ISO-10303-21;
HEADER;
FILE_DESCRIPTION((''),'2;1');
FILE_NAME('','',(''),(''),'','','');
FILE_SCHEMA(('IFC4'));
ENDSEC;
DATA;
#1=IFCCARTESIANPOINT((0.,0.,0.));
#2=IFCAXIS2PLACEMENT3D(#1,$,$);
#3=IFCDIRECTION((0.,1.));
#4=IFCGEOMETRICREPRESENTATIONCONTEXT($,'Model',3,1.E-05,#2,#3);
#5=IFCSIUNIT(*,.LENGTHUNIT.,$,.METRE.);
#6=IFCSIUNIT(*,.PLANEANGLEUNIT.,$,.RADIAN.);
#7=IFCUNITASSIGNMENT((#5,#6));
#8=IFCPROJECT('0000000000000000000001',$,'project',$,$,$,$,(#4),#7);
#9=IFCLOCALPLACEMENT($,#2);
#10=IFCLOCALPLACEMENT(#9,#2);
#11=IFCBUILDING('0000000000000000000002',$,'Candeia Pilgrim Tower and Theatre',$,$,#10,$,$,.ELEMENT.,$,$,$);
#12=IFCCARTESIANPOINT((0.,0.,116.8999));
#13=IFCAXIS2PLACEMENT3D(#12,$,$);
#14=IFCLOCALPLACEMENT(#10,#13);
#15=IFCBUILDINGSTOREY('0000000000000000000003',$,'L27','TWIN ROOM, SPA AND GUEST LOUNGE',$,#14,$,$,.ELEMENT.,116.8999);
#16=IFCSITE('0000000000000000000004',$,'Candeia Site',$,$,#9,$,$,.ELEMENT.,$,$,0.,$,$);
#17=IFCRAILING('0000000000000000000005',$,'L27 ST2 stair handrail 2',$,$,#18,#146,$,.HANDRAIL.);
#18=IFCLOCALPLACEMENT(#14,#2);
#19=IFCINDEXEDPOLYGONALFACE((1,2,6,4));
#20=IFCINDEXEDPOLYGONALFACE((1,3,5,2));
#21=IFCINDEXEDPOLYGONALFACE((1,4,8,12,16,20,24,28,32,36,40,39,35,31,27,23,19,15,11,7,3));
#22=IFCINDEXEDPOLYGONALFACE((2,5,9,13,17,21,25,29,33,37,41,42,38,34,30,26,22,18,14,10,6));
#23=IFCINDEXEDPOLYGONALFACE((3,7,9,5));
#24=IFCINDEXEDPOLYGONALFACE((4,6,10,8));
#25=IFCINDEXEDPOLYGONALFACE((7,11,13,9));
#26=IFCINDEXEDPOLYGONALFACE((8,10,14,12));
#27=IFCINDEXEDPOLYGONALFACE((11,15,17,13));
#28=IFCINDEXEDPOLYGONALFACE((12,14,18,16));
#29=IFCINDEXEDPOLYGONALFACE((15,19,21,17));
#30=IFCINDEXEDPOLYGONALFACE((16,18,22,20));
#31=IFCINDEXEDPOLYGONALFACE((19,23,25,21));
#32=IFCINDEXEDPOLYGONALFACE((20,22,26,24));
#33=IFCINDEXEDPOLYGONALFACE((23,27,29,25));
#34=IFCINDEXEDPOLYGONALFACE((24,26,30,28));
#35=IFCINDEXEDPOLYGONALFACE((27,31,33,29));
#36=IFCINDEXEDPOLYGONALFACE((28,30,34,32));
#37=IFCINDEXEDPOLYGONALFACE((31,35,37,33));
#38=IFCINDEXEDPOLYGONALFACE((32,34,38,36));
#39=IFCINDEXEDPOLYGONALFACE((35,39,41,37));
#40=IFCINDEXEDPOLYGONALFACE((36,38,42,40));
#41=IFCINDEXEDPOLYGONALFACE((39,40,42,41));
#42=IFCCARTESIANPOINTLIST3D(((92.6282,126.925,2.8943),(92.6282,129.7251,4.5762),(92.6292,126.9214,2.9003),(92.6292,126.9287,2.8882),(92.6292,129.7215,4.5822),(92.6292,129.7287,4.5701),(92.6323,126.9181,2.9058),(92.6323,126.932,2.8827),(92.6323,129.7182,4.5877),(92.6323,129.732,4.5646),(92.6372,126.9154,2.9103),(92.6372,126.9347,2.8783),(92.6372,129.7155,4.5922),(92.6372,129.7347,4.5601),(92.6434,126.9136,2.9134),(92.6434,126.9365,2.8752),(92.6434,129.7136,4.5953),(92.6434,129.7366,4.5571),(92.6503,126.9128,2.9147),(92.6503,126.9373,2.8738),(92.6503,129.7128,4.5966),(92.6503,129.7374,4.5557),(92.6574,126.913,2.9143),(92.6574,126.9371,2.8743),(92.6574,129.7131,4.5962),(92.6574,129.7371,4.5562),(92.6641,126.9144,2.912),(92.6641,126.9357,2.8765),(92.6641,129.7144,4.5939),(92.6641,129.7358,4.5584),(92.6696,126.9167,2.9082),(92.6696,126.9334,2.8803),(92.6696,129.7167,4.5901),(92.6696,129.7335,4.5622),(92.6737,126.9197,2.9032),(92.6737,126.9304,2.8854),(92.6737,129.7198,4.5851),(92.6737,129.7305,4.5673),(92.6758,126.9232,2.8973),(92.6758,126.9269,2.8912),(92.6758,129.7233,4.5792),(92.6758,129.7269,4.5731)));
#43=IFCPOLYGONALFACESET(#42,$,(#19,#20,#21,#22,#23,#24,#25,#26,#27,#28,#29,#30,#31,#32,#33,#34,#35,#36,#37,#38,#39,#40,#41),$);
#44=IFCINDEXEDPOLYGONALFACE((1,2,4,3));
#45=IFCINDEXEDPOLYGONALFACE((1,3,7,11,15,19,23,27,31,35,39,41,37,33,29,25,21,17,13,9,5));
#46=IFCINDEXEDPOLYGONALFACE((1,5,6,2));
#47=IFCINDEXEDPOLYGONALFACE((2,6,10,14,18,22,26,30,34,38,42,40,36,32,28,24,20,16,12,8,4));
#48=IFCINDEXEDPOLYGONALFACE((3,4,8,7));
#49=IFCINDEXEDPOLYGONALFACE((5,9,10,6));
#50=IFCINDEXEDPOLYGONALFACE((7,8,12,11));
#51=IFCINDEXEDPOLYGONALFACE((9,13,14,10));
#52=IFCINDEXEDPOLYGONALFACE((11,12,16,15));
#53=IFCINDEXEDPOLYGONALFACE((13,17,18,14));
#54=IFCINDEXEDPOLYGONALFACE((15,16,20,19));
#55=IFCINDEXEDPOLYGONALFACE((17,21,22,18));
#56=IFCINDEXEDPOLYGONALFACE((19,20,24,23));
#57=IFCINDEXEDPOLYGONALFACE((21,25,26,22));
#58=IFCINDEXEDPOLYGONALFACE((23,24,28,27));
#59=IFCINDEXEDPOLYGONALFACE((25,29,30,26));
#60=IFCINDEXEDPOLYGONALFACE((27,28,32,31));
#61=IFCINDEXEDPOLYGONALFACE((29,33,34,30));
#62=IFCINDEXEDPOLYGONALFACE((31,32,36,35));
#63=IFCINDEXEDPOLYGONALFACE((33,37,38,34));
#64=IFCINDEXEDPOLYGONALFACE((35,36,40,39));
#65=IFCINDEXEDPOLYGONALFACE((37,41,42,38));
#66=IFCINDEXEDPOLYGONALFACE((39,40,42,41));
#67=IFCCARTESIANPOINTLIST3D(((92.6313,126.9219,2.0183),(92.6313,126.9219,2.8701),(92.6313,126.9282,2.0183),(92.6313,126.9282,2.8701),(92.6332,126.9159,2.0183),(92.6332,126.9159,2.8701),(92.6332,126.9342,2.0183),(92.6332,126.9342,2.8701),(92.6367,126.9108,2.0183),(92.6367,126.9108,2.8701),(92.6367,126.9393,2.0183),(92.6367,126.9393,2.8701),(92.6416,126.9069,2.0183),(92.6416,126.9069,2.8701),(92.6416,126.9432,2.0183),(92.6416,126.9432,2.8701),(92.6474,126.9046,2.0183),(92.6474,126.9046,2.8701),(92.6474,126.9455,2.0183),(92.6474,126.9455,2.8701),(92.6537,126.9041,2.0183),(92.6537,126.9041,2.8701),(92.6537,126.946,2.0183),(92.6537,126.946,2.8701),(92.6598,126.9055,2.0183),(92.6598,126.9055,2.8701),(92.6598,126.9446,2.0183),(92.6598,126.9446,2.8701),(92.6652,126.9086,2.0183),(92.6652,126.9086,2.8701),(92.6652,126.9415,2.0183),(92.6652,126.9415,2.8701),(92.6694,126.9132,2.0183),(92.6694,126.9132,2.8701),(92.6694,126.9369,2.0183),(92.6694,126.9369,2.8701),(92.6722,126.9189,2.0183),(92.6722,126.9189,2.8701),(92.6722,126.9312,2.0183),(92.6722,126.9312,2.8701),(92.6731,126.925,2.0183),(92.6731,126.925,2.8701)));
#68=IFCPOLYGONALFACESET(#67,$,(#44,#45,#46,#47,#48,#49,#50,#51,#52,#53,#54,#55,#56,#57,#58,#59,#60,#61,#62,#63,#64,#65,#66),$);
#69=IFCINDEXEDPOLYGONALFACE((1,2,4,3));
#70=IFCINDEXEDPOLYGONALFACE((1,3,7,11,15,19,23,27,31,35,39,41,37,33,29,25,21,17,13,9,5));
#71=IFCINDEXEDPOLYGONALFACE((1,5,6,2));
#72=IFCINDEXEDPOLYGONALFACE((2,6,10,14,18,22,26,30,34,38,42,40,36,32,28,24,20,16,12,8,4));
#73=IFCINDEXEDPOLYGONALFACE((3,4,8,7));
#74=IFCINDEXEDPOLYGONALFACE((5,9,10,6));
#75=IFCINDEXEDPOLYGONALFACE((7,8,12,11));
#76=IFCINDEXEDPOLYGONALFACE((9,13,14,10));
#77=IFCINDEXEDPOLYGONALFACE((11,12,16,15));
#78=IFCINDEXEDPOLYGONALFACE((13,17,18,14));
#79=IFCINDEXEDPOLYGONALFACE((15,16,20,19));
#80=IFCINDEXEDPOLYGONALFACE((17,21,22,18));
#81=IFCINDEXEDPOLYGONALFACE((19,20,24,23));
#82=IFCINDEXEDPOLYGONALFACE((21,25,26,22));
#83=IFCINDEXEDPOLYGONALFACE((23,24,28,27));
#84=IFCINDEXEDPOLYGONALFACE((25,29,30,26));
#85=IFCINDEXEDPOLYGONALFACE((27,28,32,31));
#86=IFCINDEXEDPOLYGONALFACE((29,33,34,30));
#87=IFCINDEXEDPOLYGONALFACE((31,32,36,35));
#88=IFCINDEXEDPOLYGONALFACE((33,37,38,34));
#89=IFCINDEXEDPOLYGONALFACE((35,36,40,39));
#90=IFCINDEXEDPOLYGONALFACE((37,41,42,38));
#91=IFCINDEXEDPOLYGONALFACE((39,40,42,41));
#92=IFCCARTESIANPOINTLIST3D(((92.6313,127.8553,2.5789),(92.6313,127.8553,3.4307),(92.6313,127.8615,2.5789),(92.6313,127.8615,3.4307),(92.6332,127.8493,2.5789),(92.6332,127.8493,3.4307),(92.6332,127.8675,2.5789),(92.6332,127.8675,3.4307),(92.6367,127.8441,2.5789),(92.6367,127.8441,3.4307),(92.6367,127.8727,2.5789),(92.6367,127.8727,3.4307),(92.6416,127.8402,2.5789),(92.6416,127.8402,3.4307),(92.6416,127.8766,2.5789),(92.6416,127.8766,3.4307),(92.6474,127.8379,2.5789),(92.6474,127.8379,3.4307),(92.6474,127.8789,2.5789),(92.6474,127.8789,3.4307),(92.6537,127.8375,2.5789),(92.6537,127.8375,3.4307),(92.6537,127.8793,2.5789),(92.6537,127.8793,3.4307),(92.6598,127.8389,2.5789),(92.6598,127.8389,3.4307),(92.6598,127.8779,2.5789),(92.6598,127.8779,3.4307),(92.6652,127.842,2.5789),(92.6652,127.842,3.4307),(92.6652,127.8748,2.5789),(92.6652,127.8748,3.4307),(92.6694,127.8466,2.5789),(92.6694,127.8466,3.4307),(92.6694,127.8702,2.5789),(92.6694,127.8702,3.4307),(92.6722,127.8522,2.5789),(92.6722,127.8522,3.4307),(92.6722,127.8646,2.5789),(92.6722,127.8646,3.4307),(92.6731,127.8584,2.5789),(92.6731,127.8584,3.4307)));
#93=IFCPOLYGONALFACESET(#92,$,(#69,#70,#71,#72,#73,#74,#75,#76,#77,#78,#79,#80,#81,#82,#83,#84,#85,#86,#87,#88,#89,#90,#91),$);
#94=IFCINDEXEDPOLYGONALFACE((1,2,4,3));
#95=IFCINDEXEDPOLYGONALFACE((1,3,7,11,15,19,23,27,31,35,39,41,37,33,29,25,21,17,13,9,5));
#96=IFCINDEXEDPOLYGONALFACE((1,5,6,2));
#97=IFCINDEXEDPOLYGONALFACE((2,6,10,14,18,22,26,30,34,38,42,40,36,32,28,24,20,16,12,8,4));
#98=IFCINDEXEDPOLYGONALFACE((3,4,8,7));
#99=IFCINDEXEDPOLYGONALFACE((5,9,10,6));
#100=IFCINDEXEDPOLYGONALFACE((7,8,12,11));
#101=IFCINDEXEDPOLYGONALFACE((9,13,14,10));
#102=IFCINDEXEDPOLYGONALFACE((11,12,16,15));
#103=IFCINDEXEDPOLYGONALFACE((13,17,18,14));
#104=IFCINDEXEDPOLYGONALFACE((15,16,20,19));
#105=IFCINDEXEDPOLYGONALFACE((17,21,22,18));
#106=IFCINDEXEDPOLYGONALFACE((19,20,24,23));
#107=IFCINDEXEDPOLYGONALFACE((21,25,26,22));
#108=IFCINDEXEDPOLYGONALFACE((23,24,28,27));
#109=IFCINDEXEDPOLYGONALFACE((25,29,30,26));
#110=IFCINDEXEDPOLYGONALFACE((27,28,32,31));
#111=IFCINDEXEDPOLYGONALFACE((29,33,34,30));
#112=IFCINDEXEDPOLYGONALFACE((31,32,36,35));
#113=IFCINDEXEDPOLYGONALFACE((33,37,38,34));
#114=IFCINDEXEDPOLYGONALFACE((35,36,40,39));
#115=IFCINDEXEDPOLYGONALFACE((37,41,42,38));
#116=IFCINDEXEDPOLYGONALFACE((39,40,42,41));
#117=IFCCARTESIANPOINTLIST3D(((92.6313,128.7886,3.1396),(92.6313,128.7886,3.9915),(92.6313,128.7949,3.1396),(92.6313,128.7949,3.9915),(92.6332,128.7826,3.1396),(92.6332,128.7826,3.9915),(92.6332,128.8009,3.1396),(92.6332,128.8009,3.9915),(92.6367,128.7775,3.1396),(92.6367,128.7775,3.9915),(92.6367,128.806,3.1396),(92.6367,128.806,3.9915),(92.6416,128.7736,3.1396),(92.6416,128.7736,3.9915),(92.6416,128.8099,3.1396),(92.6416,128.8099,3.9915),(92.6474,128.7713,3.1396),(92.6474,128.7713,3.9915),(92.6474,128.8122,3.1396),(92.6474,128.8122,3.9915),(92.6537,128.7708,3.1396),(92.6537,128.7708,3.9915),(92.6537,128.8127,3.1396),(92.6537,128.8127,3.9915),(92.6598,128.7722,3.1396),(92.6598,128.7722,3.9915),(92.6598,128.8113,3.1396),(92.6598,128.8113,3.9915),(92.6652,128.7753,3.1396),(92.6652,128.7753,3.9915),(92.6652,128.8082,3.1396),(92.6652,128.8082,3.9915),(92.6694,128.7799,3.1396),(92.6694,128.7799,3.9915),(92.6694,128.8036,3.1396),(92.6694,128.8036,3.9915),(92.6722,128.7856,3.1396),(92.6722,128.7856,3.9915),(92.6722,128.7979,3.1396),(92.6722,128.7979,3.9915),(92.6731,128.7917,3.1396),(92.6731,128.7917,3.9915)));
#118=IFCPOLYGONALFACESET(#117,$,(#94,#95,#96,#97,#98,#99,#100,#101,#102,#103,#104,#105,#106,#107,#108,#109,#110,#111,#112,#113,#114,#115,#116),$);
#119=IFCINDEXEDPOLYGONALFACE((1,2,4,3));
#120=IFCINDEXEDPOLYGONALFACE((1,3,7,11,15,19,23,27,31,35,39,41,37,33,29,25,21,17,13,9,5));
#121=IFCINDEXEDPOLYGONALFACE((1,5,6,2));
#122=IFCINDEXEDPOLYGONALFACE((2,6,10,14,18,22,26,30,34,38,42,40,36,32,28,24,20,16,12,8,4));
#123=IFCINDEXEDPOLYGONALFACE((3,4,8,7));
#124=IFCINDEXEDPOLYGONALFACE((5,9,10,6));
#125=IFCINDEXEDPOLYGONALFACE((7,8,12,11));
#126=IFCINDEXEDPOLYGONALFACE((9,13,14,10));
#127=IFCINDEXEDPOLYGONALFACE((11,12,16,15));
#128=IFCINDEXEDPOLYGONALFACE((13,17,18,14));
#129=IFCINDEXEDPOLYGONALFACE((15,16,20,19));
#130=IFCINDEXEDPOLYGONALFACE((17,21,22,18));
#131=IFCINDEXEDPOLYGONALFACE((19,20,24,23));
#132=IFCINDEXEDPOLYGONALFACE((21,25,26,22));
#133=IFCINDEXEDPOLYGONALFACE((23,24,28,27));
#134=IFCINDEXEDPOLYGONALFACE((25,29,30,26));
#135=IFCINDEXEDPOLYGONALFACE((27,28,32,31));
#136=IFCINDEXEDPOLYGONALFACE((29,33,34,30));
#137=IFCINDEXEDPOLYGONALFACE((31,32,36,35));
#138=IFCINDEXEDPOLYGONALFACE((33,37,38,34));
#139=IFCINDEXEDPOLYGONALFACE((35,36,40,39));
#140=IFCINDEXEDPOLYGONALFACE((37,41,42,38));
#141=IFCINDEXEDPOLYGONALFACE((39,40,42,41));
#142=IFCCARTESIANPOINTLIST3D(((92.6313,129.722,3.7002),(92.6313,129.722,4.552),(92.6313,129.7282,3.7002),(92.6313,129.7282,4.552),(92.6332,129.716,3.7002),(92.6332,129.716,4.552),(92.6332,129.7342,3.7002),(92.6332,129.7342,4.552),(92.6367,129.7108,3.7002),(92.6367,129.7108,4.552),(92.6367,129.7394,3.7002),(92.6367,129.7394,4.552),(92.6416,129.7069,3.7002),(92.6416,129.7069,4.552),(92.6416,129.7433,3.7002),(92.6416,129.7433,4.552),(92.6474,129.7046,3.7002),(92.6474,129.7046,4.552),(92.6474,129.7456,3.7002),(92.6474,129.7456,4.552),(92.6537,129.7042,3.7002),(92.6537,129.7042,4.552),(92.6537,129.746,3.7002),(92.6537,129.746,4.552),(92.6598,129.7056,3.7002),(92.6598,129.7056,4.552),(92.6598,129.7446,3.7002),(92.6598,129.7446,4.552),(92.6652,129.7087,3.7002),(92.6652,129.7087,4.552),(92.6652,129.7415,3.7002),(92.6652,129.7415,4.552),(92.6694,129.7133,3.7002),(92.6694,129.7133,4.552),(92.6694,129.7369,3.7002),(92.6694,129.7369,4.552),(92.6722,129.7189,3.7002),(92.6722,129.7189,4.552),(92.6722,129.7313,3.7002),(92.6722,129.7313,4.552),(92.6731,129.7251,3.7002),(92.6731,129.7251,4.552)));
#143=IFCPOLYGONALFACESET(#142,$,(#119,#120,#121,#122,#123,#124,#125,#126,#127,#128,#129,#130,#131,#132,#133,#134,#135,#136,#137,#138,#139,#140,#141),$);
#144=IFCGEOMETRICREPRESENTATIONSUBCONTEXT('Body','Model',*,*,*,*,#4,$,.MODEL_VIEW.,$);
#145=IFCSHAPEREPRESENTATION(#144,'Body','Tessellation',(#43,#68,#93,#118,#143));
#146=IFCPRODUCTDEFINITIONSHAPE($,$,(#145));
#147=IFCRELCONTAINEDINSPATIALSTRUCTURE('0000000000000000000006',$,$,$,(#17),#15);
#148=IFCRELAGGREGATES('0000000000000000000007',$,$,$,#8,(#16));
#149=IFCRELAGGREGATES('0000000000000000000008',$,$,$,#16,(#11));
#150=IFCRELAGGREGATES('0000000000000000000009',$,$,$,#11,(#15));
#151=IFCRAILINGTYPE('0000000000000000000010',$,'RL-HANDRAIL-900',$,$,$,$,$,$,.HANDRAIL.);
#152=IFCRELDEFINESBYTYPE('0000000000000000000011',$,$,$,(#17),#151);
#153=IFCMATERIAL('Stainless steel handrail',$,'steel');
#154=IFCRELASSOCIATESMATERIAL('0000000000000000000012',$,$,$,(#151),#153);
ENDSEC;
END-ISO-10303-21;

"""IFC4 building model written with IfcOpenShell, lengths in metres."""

from ifc_helpers import new_model, si_unit, direction, frame, origin, origin_2d, place, context, subcontext, project, spatial, circle, extrude, material, type_object, element, save


model = new_model("IFC4")

# Units and contexts
model_context = context("Model", 3, precision=1e-05, world=origin(), true_north=direction((0.0, 1.0)))
body_context = subcontext(model_context, "Body", "Model", "MODEL_VIEW")
ifc_project = project(units=[si_unit("LENGTHUNIT", "METRE"), si_unit("PLANEANGLEUNIT", "RADIAN")], contexts=[model_context])

# Site, building, storey
site_placement = place(None, origin())
site = spatial("IfcSite", under=ifc_project, at=site_placement, Name="Candeia Site", CompositionType="ELEMENT", RefElevation=0.0)
building_placement = place(site_placement, origin())
building = spatial("IfcBuilding", under=site, at=building_placement, Name="Candeia Pilgrim Tower and Theatre", CompositionType="ELEMENT")
storey_placement = place(building_placement, frame((0.0, 0.0, 116.8999)))
storey = spatial("IfcBuildingStorey", under=building, at=storey_placement, Name="L27", Description="TWIN ROOM, SPA AND GUEST LOUNGE", CompositionType="ELEMENT", Elevation=116.8999)

# Railing
ifc_material_1 = material(Name="Stainless steel handrail", Category="steel")
railing_type = type_object("IfcRailingType", Name="RL-HANDRAIL-900", PredefinedType="HANDRAIL", material=ifc_material_1)
for number, where, name in (
    (1, (92.6521, 126.925, 2.0183), "L27 ST2 stair handrail 2"),
):
    element("IfcRailing", number, at=place(storey_placement, frame(where)), inside=storey, type_object=railing_type, Name=name, PredefinedType="HANDRAIL", context=body_context, shape_type="SweptSolid", body=[
        extrude(circle(Radius=0.0239, at=origin_2d()), frame((0.0, 0.0, 0.876), z_axis=(0.0, 0.857242, 0.514913), x_axis=(-1.0, 0.0, 0.0)), (0.0, 0.0, 1.0), 3.2664),
        extrude(circle(Radius=0.021, at=origin_2d()), origin(), (0.0, 0.0, 1.0), 0.8518),
        extrude(circle(Radius=0.021, at=origin_2d()), frame((0.0, 0.9333, 0.5605)), (0.0, 0.0, 1.0), 0.8518),
        extrude(circle(Radius=0.021, at=origin_2d()), frame((0.0, 1.8667, 1.1213)), (0.0, 0.0, 1.0), 0.8518),
        extrude(circle(Radius=0.021, at=origin_2d()), frame((0.0, 2.8, 1.6819)), (0.0, 0.0, 1.0), 0.8518),
    ])

save(model, "model.ifc")
